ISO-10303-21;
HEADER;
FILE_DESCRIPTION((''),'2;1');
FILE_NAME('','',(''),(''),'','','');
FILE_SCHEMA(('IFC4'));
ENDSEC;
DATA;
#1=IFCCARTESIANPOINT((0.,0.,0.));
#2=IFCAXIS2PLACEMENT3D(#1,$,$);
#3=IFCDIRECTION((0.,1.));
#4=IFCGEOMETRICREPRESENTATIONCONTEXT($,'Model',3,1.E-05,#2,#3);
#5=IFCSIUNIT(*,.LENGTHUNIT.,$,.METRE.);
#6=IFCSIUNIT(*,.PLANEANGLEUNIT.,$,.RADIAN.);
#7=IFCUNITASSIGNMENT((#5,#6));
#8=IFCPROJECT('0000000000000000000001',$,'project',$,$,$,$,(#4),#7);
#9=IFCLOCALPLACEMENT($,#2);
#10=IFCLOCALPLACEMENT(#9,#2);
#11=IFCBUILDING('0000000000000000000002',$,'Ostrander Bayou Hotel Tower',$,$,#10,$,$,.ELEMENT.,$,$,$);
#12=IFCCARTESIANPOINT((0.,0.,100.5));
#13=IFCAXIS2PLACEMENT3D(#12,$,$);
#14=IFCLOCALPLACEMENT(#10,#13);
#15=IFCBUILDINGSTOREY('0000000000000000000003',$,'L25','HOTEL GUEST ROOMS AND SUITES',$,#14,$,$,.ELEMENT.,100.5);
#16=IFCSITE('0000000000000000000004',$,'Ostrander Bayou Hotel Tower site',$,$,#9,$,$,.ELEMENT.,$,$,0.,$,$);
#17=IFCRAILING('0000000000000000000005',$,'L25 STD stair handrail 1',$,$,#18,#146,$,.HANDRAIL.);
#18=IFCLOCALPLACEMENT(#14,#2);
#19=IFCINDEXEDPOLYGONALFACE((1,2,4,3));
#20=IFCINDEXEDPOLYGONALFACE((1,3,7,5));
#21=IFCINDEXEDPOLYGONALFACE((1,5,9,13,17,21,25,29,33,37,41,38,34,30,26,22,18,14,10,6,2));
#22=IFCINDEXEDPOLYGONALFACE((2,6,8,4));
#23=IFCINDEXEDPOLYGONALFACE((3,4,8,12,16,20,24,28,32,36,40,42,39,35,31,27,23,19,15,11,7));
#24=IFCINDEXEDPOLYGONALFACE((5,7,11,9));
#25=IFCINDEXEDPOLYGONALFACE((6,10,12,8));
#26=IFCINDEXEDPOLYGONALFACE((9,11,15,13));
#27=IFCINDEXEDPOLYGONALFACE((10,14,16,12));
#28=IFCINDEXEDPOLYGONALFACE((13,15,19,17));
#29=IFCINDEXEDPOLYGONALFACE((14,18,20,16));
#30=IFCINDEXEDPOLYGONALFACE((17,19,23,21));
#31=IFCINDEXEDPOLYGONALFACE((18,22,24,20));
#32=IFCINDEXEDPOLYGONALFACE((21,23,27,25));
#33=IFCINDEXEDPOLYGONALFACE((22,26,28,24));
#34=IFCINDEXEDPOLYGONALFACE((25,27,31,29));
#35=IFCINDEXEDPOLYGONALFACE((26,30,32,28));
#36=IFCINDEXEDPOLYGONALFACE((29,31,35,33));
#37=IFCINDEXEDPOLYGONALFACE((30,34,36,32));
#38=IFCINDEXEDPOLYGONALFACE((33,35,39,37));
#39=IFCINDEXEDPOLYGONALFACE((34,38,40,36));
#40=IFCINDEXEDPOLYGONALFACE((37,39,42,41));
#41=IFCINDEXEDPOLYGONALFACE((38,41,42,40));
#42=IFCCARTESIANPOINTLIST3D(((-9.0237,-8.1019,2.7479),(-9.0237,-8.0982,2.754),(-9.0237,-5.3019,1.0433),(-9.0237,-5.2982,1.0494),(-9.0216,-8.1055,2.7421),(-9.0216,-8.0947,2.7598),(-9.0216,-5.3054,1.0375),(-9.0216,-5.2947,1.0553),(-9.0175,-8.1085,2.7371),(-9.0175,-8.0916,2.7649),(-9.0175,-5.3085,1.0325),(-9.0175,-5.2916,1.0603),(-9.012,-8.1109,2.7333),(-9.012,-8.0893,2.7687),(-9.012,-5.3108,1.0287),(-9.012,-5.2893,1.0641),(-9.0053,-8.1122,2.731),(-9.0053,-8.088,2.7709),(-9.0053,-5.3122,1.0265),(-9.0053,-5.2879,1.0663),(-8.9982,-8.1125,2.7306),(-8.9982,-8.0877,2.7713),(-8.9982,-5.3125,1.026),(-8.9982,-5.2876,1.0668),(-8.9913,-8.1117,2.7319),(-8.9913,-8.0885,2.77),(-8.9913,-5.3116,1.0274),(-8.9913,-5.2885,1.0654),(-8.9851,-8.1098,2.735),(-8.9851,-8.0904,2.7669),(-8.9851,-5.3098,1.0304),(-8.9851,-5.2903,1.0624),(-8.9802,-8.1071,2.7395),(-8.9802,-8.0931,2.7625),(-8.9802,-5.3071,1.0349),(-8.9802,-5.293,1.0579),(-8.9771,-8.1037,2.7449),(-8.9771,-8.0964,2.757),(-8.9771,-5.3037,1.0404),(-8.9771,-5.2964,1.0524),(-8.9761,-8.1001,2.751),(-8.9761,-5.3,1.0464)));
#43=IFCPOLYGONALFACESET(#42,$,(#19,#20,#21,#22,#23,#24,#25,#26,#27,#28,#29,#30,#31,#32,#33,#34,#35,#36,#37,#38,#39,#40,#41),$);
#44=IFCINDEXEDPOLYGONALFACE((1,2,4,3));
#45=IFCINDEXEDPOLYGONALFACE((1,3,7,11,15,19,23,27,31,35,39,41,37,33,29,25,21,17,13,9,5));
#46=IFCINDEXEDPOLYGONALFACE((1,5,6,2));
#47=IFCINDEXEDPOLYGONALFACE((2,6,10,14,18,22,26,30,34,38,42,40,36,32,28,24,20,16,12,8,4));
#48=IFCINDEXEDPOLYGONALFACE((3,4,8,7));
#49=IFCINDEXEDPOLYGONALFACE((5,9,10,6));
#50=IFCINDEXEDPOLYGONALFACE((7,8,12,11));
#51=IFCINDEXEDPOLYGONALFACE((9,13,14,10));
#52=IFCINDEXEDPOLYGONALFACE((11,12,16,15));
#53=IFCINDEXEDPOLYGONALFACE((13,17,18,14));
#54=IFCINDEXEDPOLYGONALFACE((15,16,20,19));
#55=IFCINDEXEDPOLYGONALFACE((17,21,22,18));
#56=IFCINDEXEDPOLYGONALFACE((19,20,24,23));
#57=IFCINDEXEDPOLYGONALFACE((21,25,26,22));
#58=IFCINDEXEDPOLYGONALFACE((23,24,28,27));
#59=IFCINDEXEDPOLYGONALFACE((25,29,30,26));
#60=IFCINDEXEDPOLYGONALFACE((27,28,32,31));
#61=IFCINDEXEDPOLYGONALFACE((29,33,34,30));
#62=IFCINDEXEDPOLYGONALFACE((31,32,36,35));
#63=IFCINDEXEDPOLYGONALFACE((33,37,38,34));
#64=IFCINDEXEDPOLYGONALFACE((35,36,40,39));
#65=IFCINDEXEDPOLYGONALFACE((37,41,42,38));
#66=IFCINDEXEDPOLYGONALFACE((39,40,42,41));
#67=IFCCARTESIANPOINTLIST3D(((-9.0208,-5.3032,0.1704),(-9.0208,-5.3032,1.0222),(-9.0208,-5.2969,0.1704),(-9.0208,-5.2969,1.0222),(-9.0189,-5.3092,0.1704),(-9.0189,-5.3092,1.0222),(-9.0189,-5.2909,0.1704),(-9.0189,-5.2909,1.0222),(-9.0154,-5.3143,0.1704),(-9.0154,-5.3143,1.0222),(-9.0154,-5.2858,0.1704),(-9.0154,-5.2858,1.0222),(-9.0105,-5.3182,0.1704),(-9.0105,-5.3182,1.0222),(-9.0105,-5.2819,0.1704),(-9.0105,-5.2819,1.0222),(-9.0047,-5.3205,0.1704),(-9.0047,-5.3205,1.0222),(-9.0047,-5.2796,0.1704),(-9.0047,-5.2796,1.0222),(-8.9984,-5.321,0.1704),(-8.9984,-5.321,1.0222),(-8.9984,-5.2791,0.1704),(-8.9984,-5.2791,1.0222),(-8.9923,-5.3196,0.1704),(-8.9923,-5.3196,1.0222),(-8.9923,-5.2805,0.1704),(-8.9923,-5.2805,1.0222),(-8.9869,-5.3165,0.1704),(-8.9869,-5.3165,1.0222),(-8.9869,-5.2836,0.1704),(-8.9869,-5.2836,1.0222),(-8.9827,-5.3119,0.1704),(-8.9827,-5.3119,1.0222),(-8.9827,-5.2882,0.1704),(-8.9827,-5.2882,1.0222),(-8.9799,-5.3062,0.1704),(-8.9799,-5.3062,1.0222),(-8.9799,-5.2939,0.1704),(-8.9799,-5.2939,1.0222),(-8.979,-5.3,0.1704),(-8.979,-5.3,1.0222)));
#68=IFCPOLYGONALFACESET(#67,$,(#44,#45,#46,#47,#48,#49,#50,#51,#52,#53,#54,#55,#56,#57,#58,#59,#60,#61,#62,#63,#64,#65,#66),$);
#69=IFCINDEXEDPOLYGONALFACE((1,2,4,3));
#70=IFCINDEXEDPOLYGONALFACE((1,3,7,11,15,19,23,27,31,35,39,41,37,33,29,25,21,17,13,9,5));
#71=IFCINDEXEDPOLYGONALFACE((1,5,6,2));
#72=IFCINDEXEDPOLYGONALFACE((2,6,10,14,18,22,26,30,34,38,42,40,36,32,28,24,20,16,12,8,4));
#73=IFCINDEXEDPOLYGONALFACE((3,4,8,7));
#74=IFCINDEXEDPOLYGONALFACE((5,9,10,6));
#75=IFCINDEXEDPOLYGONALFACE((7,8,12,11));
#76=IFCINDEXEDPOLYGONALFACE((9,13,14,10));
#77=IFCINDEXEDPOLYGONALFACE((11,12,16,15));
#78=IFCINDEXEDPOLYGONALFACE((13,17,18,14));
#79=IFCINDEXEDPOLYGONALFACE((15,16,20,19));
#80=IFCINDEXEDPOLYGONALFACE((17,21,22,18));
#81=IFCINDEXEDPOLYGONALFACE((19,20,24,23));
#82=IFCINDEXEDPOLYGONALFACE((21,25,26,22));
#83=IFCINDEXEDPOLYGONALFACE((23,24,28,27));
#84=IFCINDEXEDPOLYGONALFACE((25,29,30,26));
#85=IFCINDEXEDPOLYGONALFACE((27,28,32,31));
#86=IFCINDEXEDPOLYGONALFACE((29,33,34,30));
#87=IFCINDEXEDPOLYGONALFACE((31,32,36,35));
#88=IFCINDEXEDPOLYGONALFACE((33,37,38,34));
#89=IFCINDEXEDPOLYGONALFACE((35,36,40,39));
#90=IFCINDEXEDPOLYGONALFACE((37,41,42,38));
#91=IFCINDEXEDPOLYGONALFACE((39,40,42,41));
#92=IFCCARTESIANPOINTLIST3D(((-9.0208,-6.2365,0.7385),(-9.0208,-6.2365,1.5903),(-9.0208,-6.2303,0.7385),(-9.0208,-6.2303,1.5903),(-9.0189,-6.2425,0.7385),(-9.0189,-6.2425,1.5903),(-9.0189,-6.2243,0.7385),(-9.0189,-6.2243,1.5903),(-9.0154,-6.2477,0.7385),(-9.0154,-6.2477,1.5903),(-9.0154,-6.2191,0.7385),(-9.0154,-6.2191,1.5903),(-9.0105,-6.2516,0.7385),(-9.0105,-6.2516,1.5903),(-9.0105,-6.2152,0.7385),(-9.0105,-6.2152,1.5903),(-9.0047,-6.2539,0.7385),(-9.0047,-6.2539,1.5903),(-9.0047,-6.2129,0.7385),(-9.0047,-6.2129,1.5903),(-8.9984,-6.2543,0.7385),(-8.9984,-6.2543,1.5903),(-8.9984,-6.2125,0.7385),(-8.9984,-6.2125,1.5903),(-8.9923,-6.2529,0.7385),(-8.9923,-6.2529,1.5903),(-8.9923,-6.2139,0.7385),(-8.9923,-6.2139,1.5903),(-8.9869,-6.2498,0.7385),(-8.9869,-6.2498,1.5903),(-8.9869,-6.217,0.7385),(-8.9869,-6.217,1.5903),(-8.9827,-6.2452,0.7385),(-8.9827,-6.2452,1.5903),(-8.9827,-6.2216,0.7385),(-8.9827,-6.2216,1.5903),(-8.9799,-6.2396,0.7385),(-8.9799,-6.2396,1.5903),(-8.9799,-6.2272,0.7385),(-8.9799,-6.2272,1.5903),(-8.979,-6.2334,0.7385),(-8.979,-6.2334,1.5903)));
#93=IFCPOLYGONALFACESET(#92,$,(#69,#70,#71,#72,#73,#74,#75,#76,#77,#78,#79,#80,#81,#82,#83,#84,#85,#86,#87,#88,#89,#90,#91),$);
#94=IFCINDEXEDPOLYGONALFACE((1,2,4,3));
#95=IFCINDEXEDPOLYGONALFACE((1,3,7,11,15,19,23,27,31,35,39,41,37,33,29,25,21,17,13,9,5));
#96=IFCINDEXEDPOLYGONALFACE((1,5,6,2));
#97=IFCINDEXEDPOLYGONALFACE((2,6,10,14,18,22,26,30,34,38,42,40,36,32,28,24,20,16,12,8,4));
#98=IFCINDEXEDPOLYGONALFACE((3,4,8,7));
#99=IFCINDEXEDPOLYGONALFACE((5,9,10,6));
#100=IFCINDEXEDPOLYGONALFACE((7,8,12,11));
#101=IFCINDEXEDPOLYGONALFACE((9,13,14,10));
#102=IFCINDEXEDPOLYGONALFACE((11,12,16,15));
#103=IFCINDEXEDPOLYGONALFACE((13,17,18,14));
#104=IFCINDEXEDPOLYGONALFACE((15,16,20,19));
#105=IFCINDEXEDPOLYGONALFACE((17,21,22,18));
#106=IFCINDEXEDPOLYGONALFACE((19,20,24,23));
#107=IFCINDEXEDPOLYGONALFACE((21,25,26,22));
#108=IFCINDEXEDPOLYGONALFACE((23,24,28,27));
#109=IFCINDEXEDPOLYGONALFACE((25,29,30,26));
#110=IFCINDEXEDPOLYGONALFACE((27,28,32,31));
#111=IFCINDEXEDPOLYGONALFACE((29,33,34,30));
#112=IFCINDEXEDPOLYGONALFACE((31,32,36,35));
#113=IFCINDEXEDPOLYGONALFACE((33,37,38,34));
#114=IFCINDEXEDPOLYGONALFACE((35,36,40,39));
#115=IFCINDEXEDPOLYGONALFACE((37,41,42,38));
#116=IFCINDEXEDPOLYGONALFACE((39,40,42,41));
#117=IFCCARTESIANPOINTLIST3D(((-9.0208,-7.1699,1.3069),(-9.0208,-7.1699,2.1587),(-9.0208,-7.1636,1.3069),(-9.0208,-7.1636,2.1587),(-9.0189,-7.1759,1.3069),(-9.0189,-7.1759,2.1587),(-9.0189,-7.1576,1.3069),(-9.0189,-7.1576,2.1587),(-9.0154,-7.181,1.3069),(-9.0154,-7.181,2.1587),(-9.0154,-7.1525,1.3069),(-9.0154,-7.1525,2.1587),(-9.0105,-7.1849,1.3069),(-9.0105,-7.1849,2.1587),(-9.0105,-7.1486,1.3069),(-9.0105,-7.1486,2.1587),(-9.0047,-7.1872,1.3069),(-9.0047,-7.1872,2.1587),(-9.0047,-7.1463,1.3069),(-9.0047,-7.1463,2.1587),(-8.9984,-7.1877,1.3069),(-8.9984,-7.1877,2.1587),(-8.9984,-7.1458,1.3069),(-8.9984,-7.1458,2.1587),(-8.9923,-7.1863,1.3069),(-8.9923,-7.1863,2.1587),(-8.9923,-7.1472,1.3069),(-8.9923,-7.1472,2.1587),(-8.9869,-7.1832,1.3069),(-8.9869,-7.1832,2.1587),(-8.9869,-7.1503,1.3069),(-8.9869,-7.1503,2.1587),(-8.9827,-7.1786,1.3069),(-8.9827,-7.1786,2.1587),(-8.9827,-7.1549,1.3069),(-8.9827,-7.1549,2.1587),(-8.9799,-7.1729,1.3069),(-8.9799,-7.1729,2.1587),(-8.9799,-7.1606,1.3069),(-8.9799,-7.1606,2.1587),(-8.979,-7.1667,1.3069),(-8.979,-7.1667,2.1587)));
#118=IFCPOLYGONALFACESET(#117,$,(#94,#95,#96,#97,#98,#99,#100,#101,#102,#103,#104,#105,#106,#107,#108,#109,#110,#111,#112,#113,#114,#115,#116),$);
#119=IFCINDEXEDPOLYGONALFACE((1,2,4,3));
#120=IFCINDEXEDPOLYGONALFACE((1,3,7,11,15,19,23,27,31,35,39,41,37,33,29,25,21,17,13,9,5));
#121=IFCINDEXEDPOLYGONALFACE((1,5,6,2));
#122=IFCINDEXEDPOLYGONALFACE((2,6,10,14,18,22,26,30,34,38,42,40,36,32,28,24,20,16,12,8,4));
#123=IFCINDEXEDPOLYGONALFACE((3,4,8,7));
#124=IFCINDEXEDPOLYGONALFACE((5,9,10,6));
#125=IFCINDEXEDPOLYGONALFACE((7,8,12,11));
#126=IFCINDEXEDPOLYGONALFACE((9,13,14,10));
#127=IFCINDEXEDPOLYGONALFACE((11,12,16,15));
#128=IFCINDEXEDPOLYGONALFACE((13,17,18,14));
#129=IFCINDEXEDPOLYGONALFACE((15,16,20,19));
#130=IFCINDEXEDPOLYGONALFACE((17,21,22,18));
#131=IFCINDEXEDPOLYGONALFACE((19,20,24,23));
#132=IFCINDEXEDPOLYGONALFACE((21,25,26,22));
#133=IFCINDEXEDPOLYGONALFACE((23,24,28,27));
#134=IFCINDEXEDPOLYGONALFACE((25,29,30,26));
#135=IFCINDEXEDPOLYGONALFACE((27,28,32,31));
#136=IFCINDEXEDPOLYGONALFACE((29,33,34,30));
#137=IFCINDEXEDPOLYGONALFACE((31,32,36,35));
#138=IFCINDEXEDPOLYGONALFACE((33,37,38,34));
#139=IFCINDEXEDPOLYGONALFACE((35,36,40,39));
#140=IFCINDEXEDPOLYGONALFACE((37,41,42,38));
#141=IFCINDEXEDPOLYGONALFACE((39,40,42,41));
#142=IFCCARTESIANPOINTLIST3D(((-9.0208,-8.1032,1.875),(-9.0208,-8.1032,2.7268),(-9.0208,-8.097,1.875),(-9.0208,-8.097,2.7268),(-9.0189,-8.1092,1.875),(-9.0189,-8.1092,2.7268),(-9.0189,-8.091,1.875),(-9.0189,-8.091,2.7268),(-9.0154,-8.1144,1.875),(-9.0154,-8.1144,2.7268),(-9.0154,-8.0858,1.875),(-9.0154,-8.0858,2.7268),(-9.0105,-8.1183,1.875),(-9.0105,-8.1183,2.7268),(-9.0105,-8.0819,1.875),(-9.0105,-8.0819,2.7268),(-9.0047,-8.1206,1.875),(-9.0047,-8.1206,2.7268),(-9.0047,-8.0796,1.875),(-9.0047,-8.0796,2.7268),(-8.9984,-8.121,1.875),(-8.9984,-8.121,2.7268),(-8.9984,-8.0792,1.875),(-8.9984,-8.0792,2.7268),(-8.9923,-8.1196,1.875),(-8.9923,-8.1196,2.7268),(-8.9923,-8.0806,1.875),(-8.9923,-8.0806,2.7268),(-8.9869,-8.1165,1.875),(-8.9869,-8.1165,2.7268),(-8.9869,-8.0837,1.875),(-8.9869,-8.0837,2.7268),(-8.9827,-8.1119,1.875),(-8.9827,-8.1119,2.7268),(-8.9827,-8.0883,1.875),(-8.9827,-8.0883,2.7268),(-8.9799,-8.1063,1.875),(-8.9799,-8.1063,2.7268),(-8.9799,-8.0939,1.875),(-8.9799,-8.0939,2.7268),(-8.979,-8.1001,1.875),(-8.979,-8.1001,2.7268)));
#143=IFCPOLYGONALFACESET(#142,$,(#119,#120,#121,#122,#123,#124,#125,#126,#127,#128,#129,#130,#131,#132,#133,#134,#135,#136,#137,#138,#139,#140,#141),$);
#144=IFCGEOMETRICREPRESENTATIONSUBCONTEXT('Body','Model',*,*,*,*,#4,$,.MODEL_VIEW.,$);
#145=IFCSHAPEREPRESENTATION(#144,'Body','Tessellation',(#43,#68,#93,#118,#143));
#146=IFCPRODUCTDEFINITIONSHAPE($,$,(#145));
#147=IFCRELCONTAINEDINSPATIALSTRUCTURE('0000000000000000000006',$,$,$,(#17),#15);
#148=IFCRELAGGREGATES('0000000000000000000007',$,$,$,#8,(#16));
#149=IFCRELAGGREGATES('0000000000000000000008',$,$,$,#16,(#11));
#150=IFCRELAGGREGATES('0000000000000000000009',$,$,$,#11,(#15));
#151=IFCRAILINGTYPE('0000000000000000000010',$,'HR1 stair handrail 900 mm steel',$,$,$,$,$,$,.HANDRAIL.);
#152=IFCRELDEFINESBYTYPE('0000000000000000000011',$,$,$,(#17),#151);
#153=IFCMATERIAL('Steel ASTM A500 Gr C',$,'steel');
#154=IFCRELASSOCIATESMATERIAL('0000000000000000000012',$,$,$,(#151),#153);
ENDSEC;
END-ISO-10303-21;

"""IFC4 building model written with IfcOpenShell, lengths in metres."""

from ifc_helpers import new_model, si_unit, direction, frame, origin, origin_2d, place, context, subcontext, project, spatial, circle, extrude, material, type_object, element, save


model = new_model("IFC4")

# Units and contexts
model_context = context("Model", 3, precision=1e-05, world=origin(), true_north=direction((0.0, 1.0)))
body_context = subcontext(model_context, "Body", "Model", "MODEL_VIEW")
ifc_project = project(units=[si_unit("LENGTHUNIT", "METRE"), si_unit("PLANEANGLEUNIT", "RADIAN")], contexts=[model_context])

# Site, building, storey
site_placement = place(None, origin())
site = spatial("IfcSite", under=ifc_project, at=site_placement, Name="Ostrander Bayou Hotel Tower site", CompositionType="ELEMENT", RefElevation=0.0)
building_placement = place(site_placement, origin())
building = spatial("IfcBuilding", under=site, at=building_placement, Name="Ostrander Bayou Hotel Tower", CompositionType="ELEMENT")
storey_placement = place(building_placement, frame((0.0, 0.0, 100.5)))
storey = spatial("IfcBuildingStorey", under=building, at=storey_placement, Name="L25", Description="HOTEL GUEST ROOMS AND SUITES", CompositionType="ELEMENT", Elevation=100.5)

# Railing
ifc_material_1 = material(Name="Steel ASTM A500 Gr C", Category="steel")
railing_type_1 = type_object("IfcRailingType", Name="HR1 stair handrail 900 mm steel", PredefinedType="HANDRAIL", material=ifc_material_1)
railing_1_placement = place(storey_placement, frame((-9.0, -5.3, 0.1704)))
element("IfcRailing", 1, at=railing_1_placement, inside=storey, type_object=railing_type_1, Name="L25 STD stair handrail 1", PredefinedType="HANDRAIL", context=body_context, shape_type="SweptSolid", body=[
    extrude(circle(Radius=0.0239, at=origin_2d()), frame((0.0, 0.0, 0.876), z_axis=(0.0, -0.85417, 0.519994), x_axis=(1.0, 0.0, 0.0)), (0.0, 0.0, 1.0), 3.2781),
    extrude(circle(Radius=0.021, at=origin_2d()), origin(), (0.0, 0.0, 1.0), 0.8518),
    extrude(circle(Radius=0.021, at=origin_2d()), frame((0.0, -0.9333, 0.5681)), (0.0, 0.0, 1.0), 0.8518),
    extrude(circle(Radius=0.021, at=origin_2d()), frame((0.0, -1.8667, 1.1365)), (0.0, 0.0, 1.0), 0.8518),
    extrude(circle(Radius=0.021, at=origin_2d()), frame((0.0, -2.8, 1.7046)), (0.0, 0.0, 1.0), 0.8518),
])

save(model, "model.ifc")
